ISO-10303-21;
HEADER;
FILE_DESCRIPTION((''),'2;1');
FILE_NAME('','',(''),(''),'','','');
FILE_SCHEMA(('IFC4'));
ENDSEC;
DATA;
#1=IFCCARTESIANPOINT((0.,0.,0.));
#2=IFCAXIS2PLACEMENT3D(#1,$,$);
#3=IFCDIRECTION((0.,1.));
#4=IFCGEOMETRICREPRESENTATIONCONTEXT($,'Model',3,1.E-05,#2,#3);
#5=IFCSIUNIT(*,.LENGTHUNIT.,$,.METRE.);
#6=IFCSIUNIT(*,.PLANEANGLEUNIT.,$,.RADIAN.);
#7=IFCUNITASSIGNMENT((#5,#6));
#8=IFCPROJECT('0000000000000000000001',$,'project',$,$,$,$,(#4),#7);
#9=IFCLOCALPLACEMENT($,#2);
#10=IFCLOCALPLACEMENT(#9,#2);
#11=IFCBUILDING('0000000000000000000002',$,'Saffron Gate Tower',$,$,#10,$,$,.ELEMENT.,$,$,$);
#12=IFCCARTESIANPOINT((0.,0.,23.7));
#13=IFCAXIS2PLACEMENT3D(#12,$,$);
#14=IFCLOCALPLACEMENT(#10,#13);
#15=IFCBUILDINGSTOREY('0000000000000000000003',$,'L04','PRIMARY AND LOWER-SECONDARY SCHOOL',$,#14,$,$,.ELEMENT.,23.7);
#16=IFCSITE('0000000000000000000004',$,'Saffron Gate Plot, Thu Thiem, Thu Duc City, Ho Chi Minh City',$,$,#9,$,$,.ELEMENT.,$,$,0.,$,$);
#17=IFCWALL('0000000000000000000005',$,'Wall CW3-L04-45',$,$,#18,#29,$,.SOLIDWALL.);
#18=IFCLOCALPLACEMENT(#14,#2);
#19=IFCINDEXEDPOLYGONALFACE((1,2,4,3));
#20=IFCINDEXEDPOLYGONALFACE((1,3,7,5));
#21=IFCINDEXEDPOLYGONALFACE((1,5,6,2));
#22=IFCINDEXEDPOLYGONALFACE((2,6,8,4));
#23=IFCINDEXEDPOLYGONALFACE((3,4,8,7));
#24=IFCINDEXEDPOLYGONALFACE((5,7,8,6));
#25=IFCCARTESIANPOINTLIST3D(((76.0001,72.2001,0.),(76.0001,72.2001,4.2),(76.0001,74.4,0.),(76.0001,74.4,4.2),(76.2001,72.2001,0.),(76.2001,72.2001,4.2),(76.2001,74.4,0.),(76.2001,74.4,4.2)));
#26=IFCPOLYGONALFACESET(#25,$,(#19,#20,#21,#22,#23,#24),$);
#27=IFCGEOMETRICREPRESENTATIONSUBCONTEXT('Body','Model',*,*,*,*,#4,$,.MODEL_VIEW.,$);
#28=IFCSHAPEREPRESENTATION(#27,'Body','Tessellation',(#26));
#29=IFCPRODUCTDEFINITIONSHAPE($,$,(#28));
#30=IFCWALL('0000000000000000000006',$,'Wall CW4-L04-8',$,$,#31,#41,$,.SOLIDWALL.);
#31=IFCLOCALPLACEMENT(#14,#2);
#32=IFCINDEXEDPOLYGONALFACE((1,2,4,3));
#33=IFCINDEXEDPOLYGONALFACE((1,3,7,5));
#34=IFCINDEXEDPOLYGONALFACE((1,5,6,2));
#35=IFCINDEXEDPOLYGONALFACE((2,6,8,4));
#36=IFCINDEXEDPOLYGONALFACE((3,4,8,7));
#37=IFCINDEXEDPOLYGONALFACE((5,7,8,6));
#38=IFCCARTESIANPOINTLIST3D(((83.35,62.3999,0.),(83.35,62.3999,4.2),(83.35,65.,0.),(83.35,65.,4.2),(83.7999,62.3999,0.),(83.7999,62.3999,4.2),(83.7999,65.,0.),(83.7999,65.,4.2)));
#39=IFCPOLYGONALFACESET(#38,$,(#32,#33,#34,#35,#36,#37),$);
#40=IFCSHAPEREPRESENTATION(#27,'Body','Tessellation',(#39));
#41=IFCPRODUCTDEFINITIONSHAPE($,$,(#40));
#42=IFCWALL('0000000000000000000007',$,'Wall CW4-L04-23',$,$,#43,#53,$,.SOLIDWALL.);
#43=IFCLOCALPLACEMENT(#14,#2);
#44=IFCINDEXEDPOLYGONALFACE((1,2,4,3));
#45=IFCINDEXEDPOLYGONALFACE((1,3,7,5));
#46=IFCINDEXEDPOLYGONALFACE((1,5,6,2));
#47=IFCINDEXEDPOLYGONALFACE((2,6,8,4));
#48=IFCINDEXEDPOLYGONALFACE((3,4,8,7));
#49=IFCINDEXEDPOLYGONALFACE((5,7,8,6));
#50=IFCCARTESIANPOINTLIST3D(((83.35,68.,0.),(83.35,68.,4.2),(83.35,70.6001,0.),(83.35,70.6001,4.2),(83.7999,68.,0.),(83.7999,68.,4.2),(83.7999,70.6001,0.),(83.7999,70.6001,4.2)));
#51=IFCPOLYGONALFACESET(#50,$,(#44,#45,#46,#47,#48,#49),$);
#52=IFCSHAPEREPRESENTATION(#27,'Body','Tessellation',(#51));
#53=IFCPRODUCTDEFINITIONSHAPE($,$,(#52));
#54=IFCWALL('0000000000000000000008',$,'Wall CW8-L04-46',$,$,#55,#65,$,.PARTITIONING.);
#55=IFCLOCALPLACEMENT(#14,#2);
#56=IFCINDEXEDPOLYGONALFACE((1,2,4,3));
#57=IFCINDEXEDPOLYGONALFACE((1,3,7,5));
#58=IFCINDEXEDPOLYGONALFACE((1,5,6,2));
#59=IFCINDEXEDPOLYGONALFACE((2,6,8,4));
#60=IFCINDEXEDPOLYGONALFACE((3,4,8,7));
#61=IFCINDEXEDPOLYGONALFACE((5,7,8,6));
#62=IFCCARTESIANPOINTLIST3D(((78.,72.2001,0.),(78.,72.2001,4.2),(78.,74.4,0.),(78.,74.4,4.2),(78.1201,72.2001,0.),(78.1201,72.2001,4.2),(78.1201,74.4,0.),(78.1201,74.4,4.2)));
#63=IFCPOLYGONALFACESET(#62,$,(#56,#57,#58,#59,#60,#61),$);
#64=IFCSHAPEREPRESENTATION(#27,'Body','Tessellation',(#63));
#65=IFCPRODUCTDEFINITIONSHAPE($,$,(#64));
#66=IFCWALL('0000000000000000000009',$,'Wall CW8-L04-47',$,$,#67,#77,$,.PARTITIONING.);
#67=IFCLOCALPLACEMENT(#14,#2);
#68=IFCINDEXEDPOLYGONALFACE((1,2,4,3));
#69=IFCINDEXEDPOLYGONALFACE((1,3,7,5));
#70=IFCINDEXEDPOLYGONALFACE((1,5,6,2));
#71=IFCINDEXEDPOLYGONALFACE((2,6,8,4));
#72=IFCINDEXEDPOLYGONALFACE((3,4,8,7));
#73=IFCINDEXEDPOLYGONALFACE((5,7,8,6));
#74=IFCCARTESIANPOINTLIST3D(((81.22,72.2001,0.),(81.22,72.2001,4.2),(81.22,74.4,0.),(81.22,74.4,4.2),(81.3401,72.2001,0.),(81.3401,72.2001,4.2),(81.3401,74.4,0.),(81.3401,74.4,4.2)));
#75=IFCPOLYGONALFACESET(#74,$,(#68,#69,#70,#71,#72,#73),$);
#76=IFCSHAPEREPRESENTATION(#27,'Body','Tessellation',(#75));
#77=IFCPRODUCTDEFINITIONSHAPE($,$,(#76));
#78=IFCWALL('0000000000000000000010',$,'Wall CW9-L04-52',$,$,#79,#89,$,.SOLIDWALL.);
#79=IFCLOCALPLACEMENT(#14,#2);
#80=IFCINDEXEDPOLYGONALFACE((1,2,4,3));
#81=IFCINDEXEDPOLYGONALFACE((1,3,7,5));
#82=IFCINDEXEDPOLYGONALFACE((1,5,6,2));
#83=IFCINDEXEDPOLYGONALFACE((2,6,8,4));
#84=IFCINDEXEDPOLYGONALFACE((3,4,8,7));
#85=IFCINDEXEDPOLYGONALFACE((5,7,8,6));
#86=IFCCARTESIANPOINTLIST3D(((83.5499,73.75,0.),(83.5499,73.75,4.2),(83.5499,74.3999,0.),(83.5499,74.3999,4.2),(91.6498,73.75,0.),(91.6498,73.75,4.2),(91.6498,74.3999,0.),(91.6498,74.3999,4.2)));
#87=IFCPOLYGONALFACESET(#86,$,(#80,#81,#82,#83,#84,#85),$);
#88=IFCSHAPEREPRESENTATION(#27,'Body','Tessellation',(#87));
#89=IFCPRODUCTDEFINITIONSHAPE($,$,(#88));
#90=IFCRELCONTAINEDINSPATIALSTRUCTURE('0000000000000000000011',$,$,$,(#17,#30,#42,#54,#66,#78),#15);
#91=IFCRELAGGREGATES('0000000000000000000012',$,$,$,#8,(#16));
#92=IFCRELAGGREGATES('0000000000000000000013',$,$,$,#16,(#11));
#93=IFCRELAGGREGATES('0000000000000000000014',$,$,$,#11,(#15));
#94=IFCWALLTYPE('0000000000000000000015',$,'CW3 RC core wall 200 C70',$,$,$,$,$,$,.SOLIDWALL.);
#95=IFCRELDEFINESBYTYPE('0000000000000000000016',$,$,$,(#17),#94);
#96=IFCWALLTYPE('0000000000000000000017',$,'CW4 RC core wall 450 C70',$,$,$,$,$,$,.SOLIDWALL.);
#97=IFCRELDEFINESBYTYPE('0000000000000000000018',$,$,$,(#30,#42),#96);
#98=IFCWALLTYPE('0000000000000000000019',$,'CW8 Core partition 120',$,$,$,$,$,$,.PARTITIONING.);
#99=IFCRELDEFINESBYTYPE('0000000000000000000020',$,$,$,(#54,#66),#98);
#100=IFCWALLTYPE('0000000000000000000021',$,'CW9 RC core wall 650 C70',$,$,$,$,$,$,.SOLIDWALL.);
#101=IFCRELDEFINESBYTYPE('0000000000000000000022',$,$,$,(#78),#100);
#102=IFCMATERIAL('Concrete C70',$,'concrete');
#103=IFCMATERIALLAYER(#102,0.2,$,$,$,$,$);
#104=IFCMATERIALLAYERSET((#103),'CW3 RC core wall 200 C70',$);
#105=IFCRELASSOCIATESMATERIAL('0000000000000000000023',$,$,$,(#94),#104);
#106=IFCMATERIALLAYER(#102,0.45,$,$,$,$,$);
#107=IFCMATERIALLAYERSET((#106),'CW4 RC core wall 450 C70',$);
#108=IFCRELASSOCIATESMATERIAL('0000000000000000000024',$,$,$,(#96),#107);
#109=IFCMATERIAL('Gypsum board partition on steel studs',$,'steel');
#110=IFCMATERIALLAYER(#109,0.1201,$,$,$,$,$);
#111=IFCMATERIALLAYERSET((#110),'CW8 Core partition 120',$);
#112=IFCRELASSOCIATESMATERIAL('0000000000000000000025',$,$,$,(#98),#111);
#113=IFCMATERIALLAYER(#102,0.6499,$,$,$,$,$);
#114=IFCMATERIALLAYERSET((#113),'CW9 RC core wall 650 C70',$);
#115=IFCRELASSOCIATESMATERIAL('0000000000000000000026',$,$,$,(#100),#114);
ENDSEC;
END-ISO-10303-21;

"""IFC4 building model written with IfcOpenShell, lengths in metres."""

from ifc_helpers import new_model, si_unit, direction, frame, frame_2d, origin, place, context, subcontext, project, spatial, rectangle, extrude, material, layer, layer_set, type_object, element, save


model = new_model("IFC4")

# Units and contexts
model_context = context("Model", 3, precision=1e-05, world=origin(), true_north=direction((0.0, 1.0)))
body_context = subcontext(model_context, "Body", "Model", "MODEL_VIEW")
ifc_project = project(units=[si_unit("LENGTHUNIT", "METRE"), si_unit("PLANEANGLEUNIT", "RADIAN")], contexts=[model_context])

# Site, building, storey
site_placement = place(None, origin())
site = spatial("IfcSite", under=ifc_project, at=site_placement, Name="Saffron Gate Plot, Thu Thiem, Thu Duc City, Ho Chi Minh City", CompositionType="ELEMENT", RefElevation=0.0)
building_placement = place(site_placement, origin())
building = spatial("IfcBuilding", under=site, at=building_placement, Name="Saffron Gate Tower", CompositionType="ELEMENT")
storey_placement = place(building_placement, frame((0.0, 0.0, 23.7)))
storey = spatial("IfcBuildingStorey", under=building, at=storey_placement, Name="L04", Description="PRIMARY AND LOWER-SECONDARY SCHOOL", CompositionType="ELEMENT", Elevation=23.7)

# Shared definitions
ifc_material_1 = material(Name="Concrete C70", Category="concrete")

# Shared definitions
ifc_layer_1 = layer(ifc_material_1, 0.2)
ifc_layer_set_1 = layer_set([ifc_layer_1], Name="CW3 RC core wall 200 C70")
wall_type_1 = type_object("IfcWallType", Name="CW3 RC core wall 200 C70", PredefinedType="SOLIDWALL", material=ifc_layer_set_1)

# Walls
wall_1_placement = place(storey_placement, frame((76.1001, 72.2, 0.0), z_axis=(0.0, 0.0, 1.0), x_axis=(0.0, 1.0, 0.0)))
element("IfcWall", 1, at=wall_1_placement, inside=storey, type_object=wall_type_1, Name="Wall CW3-L04-45", PredefinedType="SOLIDWALL", context=body_context, shape_type="SweptSolid", body=[
    extrude(rectangle(XDim=2.2, YDim=0.2, at=frame_2d((1.1001, 0.0))), origin(), (0.0, 0.0, 1.0), 4.2),
])
ifc_layer_2 = layer(ifc_material_1, 0.45)
ifc_layer_set_2 = layer_set([ifc_layer_2], Name="CW4 RC core wall 450 C70")
wall_type_2 = type_object("IfcWallType", Name="CW4 RC core wall 450 C70", PredefinedType="SOLIDWALL", material=ifc_layer_set_2)
for number, where, z_axis, x_axis, name in (
    (2, (83.575, 62.3999, 0.0), (0.0, 0.0, 1.0), (0.0, 1.0, 0.0), "Wall CW4-L04-8"),
    (3, (83.575, 68.0, 0.0), (0.0, 0.0, 1.0), (0.0, 1.0, 0.0), "Wall CW4-L04-23"),
):
    element("IfcWall", number, at=place(storey_placement, frame(where, z_axis=z_axis, x_axis=x_axis)), inside=storey, type_object=wall_type_2, Name=name, PredefinedType="SOLIDWALL", context=body_context, shape_type="SweptSolid", body=[
        extrude(rectangle(XDim=2.6001, YDim=0.45, at=frame_2d((1.3, 0.0))), origin(), (0.0, 0.0, 1.0), 4.2),
    ])
ifc_material_2 = material(Name="Gypsum board partition on steel studs", Category="steel")
ifc_layer_3 = layer(ifc_material_2, 0.1201)
ifc_layer_set_3 = layer_set([ifc_layer_3], Name="CW8 Core partition 120")
wall_type_3 = type_object("IfcWallType", Name="CW8 Core partition 120", PredefinedType="PARTITIONING", material=ifc_layer_set_3)
for number, where, z_axis, x_axis, name in (
    (4, (78.0601, 72.2, 0.0), (0.0, 0.0, 1.0), (0.0, 1.0, 0.0), "Wall CW8-L04-46"),
    (5, (81.28, 72.2, 0.0), (0.0, 0.0, 1.0), (0.0, 1.0, 0.0), "Wall CW8-L04-47"),
):
    element("IfcWall", number, at=place(storey_placement, frame(where, z_axis=z_axis, x_axis=x_axis)), inside=storey, type_object=wall_type_3, Name=name, PredefinedType="PARTITIONING", context=body_context, shape_type="SweptSolid", body=[
        extrude(rectangle(XDim=2.2, YDim=0.1201, at=frame_2d((1.1001, 0.0))), origin(), (0.0, 0.0, 1.0), 4.2),
    ])
ifc_layer_4 = layer(ifc_material_1, 0.6499)
ifc_layer_set_4 = layer_set([ifc_layer_4], Name="CW9 RC core wall 650 C70")
wall_type_4 = type_object("IfcWallType", Name="CW9 RC core wall 650 C70", PredefinedType="SOLIDWALL", material=ifc_layer_set_4)
wall_2_placement = place(storey_placement, frame((83.55, 74.075, 0.0), z_axis=(0.0, 0.0, 1.0), x_axis=(1.0, 0.0, 0.0)))
element("IfcWall", 6, at=wall_2_placement, inside=storey, type_object=wall_type_4, Name="Wall CW9-L04-52", PredefinedType="SOLIDWALL", context=body_context, shape_type="SweptSolid", body=[
    extrude(rectangle(XDim=8.0999, YDim=0.6499, at=frame_2d((4.0498, 0.0))), origin(), (0.0, 0.0, 1.0), 4.2),
])

save(model, "model.ifc")
